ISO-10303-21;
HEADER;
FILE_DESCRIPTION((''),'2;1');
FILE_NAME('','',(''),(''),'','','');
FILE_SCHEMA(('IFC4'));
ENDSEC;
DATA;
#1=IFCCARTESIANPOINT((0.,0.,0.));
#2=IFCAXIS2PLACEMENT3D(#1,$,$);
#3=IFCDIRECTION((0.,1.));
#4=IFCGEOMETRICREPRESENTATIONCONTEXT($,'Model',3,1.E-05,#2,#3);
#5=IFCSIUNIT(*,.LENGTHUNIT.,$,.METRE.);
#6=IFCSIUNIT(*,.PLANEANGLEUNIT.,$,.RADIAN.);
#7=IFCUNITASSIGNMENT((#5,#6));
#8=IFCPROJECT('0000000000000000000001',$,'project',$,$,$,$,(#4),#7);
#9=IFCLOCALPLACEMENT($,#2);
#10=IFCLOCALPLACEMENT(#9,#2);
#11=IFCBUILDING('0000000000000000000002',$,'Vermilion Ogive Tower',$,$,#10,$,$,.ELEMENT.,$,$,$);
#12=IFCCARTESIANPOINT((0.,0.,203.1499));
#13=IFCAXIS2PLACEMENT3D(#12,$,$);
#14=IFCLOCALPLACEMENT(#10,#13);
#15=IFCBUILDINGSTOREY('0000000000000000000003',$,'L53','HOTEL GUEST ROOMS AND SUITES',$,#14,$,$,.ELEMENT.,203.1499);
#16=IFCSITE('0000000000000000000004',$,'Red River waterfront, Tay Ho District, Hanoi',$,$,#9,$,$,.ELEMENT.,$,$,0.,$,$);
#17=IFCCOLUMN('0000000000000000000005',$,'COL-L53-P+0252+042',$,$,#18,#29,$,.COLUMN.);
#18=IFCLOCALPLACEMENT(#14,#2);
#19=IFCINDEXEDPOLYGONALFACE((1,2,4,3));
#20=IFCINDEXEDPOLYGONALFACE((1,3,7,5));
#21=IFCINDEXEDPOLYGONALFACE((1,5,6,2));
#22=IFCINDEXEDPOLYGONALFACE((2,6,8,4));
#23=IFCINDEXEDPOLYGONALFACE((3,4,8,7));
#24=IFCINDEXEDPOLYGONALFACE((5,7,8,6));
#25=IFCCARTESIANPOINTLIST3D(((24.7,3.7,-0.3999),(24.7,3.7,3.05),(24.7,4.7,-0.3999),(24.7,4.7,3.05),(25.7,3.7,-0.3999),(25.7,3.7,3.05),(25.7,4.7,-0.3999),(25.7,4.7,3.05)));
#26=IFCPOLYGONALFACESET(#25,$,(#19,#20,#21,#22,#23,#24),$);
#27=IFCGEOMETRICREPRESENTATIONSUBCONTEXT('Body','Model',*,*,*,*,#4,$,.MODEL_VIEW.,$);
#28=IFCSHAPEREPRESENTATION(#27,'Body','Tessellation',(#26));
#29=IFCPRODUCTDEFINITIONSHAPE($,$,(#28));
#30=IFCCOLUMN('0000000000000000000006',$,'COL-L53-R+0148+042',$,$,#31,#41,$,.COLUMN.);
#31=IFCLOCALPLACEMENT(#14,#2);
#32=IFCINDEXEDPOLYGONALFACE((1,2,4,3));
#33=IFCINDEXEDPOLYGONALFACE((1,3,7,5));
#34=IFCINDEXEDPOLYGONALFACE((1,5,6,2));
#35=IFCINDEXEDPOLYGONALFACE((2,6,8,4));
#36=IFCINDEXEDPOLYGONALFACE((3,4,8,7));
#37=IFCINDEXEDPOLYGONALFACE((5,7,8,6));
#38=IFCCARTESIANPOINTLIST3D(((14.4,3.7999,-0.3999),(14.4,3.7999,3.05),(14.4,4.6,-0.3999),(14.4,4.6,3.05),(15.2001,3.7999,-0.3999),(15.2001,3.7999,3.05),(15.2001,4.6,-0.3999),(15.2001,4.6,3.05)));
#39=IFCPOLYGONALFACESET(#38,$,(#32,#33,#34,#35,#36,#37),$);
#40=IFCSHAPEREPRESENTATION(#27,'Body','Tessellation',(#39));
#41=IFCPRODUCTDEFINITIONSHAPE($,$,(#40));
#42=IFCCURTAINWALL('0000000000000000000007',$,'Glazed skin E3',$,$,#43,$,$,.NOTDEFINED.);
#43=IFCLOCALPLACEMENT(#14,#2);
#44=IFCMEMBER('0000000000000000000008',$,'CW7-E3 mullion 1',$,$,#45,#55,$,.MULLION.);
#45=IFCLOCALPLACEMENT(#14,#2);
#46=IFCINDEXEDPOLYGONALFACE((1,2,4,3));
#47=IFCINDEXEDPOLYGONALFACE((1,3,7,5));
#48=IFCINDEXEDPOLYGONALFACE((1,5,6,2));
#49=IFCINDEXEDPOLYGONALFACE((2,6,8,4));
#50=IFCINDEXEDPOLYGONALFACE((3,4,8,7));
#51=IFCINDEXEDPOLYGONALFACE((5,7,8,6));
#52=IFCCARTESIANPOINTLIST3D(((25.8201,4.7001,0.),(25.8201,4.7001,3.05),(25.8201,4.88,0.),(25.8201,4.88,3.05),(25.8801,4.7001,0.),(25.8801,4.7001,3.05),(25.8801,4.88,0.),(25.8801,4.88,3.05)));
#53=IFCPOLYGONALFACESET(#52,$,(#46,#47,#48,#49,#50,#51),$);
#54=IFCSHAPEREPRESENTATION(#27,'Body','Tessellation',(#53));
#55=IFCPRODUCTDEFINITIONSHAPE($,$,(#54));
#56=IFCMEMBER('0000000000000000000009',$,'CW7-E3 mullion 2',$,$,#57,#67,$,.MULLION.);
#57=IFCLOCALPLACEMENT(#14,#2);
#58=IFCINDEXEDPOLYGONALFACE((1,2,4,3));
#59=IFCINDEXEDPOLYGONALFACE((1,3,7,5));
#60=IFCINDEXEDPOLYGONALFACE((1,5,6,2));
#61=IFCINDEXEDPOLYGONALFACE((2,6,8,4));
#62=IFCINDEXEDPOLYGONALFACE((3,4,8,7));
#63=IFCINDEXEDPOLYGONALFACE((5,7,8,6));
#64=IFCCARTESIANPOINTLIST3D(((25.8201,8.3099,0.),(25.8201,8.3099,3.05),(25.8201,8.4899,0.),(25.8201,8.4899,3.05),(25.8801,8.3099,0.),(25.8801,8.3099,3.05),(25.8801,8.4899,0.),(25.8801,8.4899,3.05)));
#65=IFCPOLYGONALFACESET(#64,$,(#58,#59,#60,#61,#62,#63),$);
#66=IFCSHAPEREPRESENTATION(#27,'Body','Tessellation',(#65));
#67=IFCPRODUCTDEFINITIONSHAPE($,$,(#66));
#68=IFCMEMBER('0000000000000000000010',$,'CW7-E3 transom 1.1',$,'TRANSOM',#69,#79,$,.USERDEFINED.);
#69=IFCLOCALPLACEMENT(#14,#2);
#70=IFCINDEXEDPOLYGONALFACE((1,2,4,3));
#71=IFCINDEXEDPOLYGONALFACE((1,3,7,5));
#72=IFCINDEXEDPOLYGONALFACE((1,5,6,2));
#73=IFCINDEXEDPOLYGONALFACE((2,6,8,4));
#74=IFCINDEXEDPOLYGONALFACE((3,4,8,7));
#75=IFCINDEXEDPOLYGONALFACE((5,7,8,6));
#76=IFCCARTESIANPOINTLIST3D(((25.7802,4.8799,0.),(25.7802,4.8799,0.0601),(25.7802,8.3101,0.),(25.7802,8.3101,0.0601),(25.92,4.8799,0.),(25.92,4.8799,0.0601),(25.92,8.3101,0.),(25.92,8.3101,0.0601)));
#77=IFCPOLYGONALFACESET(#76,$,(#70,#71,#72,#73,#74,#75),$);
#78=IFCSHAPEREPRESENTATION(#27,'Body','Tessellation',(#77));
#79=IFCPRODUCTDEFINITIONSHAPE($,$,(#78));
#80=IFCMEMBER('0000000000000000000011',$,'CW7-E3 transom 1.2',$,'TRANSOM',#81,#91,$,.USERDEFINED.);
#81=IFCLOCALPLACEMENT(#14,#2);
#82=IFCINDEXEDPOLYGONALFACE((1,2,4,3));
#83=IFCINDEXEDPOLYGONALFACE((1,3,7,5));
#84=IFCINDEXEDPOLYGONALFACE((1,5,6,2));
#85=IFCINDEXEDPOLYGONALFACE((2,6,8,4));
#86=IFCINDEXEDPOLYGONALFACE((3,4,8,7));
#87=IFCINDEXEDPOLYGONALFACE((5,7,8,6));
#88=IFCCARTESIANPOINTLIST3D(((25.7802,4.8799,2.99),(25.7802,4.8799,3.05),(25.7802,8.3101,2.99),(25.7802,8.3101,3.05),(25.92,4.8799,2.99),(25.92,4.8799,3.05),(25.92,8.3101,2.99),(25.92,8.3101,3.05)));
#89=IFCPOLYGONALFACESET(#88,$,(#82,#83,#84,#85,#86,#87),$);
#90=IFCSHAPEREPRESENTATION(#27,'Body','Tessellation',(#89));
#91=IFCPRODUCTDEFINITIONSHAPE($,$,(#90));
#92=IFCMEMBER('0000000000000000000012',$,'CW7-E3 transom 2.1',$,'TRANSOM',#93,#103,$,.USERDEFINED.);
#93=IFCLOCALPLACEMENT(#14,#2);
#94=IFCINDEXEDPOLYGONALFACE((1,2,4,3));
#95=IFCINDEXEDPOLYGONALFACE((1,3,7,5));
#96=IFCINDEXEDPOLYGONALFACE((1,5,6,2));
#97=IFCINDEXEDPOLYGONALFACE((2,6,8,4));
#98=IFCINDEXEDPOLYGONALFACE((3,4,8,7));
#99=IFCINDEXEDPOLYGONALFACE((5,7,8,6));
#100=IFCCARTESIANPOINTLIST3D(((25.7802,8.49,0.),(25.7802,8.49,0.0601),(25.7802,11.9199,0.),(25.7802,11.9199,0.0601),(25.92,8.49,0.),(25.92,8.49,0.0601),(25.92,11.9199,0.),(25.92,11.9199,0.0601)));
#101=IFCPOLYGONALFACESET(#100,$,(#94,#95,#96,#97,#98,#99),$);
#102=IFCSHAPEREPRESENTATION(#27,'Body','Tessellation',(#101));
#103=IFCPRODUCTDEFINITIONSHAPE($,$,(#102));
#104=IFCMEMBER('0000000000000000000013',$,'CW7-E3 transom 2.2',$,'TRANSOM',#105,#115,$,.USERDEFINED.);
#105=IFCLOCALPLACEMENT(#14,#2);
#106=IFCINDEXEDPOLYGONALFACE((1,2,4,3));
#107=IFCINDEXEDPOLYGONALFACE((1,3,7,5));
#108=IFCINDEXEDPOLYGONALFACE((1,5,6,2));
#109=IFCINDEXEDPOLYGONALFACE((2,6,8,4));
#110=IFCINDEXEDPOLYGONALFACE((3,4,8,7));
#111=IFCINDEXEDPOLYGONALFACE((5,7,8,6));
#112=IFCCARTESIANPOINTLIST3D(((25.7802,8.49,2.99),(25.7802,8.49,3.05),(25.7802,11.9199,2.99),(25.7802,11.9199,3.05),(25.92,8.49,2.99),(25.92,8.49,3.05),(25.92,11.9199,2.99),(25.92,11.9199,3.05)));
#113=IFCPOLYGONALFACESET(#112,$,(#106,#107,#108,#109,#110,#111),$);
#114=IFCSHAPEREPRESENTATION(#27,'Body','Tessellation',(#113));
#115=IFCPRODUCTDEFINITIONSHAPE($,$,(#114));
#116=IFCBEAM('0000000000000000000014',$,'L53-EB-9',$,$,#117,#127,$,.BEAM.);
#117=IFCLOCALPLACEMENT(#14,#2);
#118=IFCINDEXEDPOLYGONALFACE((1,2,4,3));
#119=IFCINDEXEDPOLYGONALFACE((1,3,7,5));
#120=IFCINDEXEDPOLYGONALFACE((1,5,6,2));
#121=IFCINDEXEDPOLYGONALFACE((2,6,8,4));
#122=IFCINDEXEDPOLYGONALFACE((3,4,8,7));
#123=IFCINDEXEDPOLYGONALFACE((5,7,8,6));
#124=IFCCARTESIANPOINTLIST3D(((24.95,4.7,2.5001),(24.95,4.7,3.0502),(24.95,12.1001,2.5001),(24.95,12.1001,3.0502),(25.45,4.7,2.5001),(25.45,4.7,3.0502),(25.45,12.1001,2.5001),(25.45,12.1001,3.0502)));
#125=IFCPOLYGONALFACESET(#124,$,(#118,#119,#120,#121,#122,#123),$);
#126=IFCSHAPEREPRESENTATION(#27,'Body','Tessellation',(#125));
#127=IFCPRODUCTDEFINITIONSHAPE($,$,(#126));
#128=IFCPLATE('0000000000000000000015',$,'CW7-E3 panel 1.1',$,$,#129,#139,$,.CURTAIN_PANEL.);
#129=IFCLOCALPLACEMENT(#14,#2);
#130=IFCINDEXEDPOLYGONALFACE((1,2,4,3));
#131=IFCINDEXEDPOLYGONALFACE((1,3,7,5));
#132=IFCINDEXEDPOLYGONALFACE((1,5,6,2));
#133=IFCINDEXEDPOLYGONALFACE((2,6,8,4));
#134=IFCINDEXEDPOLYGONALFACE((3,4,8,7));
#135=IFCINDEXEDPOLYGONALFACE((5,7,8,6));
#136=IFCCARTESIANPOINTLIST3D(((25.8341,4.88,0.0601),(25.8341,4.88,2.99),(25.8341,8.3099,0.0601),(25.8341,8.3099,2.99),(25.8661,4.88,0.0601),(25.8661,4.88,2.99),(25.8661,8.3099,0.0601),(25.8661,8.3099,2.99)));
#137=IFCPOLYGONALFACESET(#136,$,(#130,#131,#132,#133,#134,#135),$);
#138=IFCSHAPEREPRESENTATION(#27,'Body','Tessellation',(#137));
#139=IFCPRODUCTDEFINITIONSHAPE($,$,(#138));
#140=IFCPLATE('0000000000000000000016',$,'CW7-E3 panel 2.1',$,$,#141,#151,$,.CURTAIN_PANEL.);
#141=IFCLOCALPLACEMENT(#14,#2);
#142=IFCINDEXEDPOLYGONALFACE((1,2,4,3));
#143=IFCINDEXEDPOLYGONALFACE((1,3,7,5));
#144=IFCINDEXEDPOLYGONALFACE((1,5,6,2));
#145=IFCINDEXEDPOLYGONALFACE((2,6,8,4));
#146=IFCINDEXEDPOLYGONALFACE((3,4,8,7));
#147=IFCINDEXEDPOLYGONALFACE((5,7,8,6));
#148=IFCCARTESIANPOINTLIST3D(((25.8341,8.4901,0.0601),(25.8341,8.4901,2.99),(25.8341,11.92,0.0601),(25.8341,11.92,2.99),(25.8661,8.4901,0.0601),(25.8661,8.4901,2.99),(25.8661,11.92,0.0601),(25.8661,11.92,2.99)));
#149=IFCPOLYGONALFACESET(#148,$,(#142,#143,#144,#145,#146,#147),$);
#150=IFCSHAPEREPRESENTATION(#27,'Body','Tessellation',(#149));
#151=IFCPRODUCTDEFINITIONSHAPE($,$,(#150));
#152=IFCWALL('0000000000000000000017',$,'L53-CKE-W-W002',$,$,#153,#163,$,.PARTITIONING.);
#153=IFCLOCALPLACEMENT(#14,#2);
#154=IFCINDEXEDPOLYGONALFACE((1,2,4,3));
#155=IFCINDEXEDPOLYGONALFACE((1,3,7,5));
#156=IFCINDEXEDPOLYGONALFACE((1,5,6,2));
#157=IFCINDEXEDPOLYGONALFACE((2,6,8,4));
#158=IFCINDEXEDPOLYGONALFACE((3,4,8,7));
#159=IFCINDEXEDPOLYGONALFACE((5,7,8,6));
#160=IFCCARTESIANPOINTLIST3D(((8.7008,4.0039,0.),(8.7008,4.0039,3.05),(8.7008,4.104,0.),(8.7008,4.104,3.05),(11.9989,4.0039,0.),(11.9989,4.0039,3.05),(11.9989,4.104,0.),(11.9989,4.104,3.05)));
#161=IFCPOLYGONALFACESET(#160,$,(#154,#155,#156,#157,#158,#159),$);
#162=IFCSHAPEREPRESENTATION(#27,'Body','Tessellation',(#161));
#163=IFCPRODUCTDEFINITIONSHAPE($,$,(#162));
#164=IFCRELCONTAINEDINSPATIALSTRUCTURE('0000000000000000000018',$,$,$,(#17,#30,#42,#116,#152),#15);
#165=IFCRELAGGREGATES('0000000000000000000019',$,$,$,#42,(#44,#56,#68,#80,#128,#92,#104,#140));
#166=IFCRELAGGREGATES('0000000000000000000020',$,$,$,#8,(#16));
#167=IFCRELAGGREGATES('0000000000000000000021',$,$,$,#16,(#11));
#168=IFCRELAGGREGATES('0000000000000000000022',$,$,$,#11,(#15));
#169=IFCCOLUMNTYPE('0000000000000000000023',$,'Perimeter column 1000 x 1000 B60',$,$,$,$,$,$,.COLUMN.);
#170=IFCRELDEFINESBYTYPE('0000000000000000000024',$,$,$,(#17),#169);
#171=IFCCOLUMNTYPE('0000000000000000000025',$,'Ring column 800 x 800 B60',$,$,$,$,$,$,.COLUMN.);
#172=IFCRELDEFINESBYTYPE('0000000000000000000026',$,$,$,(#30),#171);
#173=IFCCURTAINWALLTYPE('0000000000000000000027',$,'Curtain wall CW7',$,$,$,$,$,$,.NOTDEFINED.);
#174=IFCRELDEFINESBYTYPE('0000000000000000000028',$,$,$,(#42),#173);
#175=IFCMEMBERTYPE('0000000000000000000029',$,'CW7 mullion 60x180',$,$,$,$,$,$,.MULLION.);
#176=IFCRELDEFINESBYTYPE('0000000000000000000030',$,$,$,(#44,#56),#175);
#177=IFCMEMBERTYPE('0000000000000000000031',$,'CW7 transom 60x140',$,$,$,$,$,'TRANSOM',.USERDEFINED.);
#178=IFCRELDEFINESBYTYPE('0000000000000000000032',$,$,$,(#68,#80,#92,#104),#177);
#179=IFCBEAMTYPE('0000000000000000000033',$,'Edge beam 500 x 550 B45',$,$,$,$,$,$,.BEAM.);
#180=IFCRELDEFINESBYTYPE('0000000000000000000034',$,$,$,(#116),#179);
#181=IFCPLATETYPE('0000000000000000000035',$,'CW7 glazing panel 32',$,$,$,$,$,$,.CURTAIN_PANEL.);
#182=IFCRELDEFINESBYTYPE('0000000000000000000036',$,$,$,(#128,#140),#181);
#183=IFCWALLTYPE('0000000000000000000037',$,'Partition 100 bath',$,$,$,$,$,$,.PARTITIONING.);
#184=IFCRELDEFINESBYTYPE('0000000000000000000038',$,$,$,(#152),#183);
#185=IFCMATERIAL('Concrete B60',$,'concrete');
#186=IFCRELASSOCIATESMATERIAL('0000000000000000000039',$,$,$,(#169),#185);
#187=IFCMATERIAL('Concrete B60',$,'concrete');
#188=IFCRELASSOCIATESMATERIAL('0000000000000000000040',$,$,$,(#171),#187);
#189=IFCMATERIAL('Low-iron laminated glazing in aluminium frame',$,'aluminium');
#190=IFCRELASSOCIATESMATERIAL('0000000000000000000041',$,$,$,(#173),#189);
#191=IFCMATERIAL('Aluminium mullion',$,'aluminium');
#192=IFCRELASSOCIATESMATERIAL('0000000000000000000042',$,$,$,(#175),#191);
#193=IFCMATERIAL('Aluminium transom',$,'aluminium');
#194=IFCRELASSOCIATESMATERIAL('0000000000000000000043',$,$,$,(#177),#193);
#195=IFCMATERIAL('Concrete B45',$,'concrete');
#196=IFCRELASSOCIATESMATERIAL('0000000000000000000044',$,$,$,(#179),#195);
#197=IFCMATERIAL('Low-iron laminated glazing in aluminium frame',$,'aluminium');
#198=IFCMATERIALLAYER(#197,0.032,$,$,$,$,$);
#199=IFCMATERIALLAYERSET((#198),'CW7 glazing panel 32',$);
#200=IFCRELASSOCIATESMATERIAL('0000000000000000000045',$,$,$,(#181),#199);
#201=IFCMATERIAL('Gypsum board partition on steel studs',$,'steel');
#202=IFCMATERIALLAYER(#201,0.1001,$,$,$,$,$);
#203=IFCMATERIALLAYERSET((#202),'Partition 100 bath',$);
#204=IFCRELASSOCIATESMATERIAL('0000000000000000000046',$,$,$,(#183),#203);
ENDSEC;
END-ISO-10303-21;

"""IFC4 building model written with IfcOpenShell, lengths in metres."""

from ifc_helpers import new_model, si_unit, direction, frame, frame_2d, origin, origin_2d, place, context, subcontext, project, spatial, rectangle, extrude, material, layer, layer_set, material_profile, profile_set, type_object, element, aggregate, save


model = new_model("IFC4")

# Units and contexts
model_context = context("Model", 3, precision=1e-05, world=origin(), true_north=direction((0.0, 1.0)))
body_context = subcontext(model_context, "Body", "Model", "MODEL_VIEW")
ifc_project = project(units=[si_unit("LENGTHUNIT", "METRE"), si_unit("PLANEANGLEUNIT", "RADIAN")], contexts=[model_context])

# Site, building, storey
site_placement = place(None, origin())
site = spatial("IfcSite", under=ifc_project, at=site_placement, Name="Red River waterfront, Tay Ho District, Hanoi", CompositionType="ELEMENT", RefElevation=0.0)
building_placement = place(site_placement, origin())
building = spatial("IfcBuilding", under=site, at=building_placement, Name="Vermilion Ogive Tower", CompositionType="ELEMENT")
storey_placement = place(building_placement, frame((0.0, 0.0, 203.1499)))
storey = spatial("IfcBuildingStorey", under=building, at=storey_placement, Name="L53", Description="HOTEL GUEST ROOMS AND SUITES", CompositionType="ELEMENT", Elevation=203.1499)

# Columns
ifc_material_1 = material(Name="Concrete B60", Category="concrete")
ifc_material_profile_1 = material_profile(ifc_material_1, rectangle(XDim=1.0, YDim=1.0, at=origin_2d()), Name="1000 x 1000")
ifc_profile_set_1 = profile_set([ifc_material_profile_1], Name="Concrete B60")
column_type_1 = type_object("IfcColumnType", Name="Perimeter column 1000 x 1000 B60", PredefinedType="COLUMN", material=ifc_profile_set_1)
column_1_placement = place(storey_placement, frame((25.2, 4.2, -0.3999), z_axis=(0.0, 0.0, 1.0), x_axis=(1.0, 0.0, 0.0)))
element("IfcColumn", 1, at=column_1_placement, inside=storey, type_object=column_type_1, Name="COL-L53-P+0252+042", PredefinedType="COLUMN", context=body_context, shape_type="SweptSolid", body=[
    extrude(rectangle(XDim=1.0, YDim=1.0, at=origin_2d()), origin(), (0.0, 0.0, 1.0), 3.45),
])
ifc_material_2 = material(Name="Concrete B60", Category="concrete")
ifc_material_profile_2 = material_profile(ifc_material_2, rectangle(XDim=0.8, YDim=0.8, at=origin_2d()), Name="800 x 800")
ifc_profile_set_2 = profile_set([ifc_material_profile_2], Name="Concrete B60")
column_type_2 = type_object("IfcColumnType", Name="Ring column 800 x 800 B60", PredefinedType="COLUMN", material=ifc_profile_set_2)
column_2_placement = place(storey_placement, frame((14.8, 4.2, -0.3999), z_axis=(0.0, 0.0, 1.0), x_axis=(1.0, 0.0, 0.0)))
element("IfcColumn", 2, at=column_2_placement, inside=storey, type_object=column_type_2, Name="COL-L53-R+0148+042", PredefinedType="COLUMN", context=body_context, shape_type="SweptSolid", body=[
    extrude(rectangle(XDim=0.8, YDim=0.8, at=origin_2d()), origin(), (0.0, 0.0, 1.0), 3.45),
])

# Curtain wall, members
ifc_material_3 = material(Name="Low-iron laminated glazing in aluminium frame", Category="aluminium")
curtain_wall_type = type_object("IfcCurtainWallType", Name="Curtain wall CW7", PredefinedType="NOTDEFINED", material=ifc_material_3)
curtain_wall_placement = place(storey_placement, origin())
curtain_wall = element("IfcCurtainWall", 3, at=curtain_wall_placement, inside=storey, type_object=curtain_wall_type, Name="Glazed skin E3", PredefinedType="NOTDEFINED")
ifc_material_4 = material(Name="Aluminium mullion", Category="aluminium")
ifc_material_profile_3 = material_profile(ifc_material_4, rectangle(XDim=0.0601, YDim=0.1799, at=origin_2d()), Name="AL 60x180")
ifc_profile_set_3 = profile_set([ifc_material_profile_3], Name="Aluminium mullion")
member_type_1 = type_object("IfcMemberType", Name="CW7 mullion 60x180", PredefinedType="MULLION", material=ifc_profile_set_3)
member_1_placement = place(storey_placement, frame((25.8501, 4.79, 0.0), z_axis=(0.0, 0.0, 1.0), x_axis=(-1.0, 0.0, 0.0)))
member_1 = element("IfcMember", 4, at=member_1_placement, type_object=member_type_1, Name="CW7-E3 mullion 1", PredefinedType="MULLION", context=body_context, shape_type="SweptSolid", body=[
    extrude(rectangle(XDim=0.0601, YDim=0.1799, at=origin_2d()), origin(), (0.0, 0.0, 1.0), 3.05),
])
member_2_placement = place(storey_placement, frame((25.8501, 8.3999, 0.0), z_axis=(0.0, 0.0, 1.0), x_axis=(-1.0, 0.0, 0.0)))
member_2 = element("IfcMember", 5, at=member_2_placement, type_object=member_type_1, Name="CW7-E3 mullion 2", PredefinedType="MULLION", context=body_context, shape_type="SweptSolid", body=[
    extrude(rectangle(XDim=0.0601, YDim=0.1799, at=origin_2d()), origin(), (0.0, 0.0, 1.0), 3.05),
])
ifc_material_5 = material(Name="Aluminium transom", Category="aluminium")
ifc_material_profile_4 = material_profile(ifc_material_5, rectangle(XDim=0.1399, YDim=0.0601, at=origin_2d()), Name="AL 60x140")
ifc_profile_set_4 = profile_set([ifc_material_profile_4], Name="Aluminium transom")
member_type_2 = type_object("IfcMemberType", Name="CW7 transom 60x140", ElementType="TRANSOM", PredefinedType="USERDEFINED", material=ifc_profile_set_4)
member_3_placement = place(storey_placement, frame((25.8501, 4.8799, 0.03), z_axis=(0.0, 1.0, 0.0), x_axis=(-1.0, 0.0, 0.0)))
member_3 = element("IfcMember", 6, at=member_3_placement, type_object=member_type_2, Name="CW7-E3 transom 1.1", ObjectType="TRANSOM", PredefinedType="USERDEFINED", context=body_context, shape_type="SweptSolid", body=[
    extrude(rectangle(XDim=0.1399, YDim=0.0601, at=origin_2d()), origin(), (0.0, 0.0, 1.0), 3.4302),
])
member_4_placement = place(storey_placement, frame((25.8501, 4.8799, 3.02), z_axis=(0.0, 1.0, 0.0), x_axis=(-1.0, 0.0, 0.0)))
member_4 = element("IfcMember", 7, at=member_4_placement, type_object=member_type_2, Name="CW7-E3 transom 1.2", ObjectType="TRANSOM", PredefinedType="USERDEFINED", context=body_context, shape_type="SweptSolid", body=[
    extrude(rectangle(XDim=0.1399, YDim=0.0601, at=origin_2d()), origin(), (0.0, 0.0, 1.0), 3.4302),
])
member_5_placement = place(storey_placement, frame((25.8501, 8.49, 0.03), z_axis=(0.0, 1.0, 0.0), x_axis=(-1.0, 0.0, 0.0)))
member_5 = element("IfcMember", 8, at=member_5_placement, type_object=member_type_2, Name="CW7-E3 transom 2.1", ObjectType="TRANSOM", PredefinedType="USERDEFINED", context=body_context, shape_type="SweptSolid", body=[
    extrude(rectangle(XDim=0.1399, YDim=0.0601, at=origin_2d()), origin(), (0.0, 0.0, 1.0), 3.4299),
])
member_6_placement = place(storey_placement, frame((25.8501, 8.49, 3.02), z_axis=(0.0, 1.0, 0.0), x_axis=(-1.0, 0.0, 0.0)))
member_6 = element("IfcMember", 9, at=member_6_placement, type_object=member_type_2, Name="CW7-E3 transom 2.2", ObjectType="TRANSOM", PredefinedType="USERDEFINED", context=body_context, shape_type="SweptSolid", body=[
    extrude(rectangle(XDim=0.1399, YDim=0.0601, at=origin_2d()), origin(), (0.0, 0.0, 1.0), 3.4299),
])

# Beam
ifc_material_6 = material(Name="Concrete B45", Category="concrete")
ifc_material_profile_5 = material_profile(ifc_material_6, rectangle(XDim=0.5, YDim=0.55, at=origin_2d()), Name="500 x 550")
ifc_profile_set_5 = profile_set([ifc_material_profile_5], Name="Concrete B45")
beam_type = type_object("IfcBeamType", Name="Edge beam 500 x 550 B45", PredefinedType="BEAM", material=ifc_profile_set_5)
beam_placement = place(storey_placement, frame((25.2, 4.7, 2.7751), z_axis=(0.0, 1.0, 0.0), x_axis=(-1.0, 0.0, 0.0)))
element("IfcBeam", 10, at=beam_placement, inside=storey, type_object=beam_type, Name="L53-EB-9", PredefinedType="BEAM", context=body_context, shape_type="SweptSolid", body=[
    extrude(rectangle(XDim=0.5, YDim=0.55, at=origin_2d()), origin(), (0.0, 0.0, 1.0), 7.4001),
])

# Plates
ifc_material_7 = material(Name="Low-iron laminated glazing in aluminium frame", Category="aluminium")
ifc_layer_1 = layer(ifc_material_7, 0.032)
ifc_layer_set_1 = layer_set([ifc_layer_1], Name="CW7 glazing panel 32")
plate_type = type_object("IfcPlateType", Name="CW7 glazing panel 32", PredefinedType="CURTAIN_PANEL", material=ifc_layer_set_1)
plate_1_placement = place(storey_placement, frame((25.8501, 6.595, 0.0601), z_axis=(0.0, 0.0, 1.0), x_axis=(0.0, 1.0, 0.0)))
plate_1 = element("IfcPlate", 11, at=plate_1_placement, type_object=plate_type, Name="CW7-E3 panel 1.1", PredefinedType="CURTAIN_PANEL", context=body_context, shape_type="SweptSolid", body=[
    extrude(rectangle(XDim=3.4299, YDim=0.032, at=origin_2d()), origin(), (0.0, 0.0, 1.0), 2.9299),
])
plate_2_placement = place(storey_placement, frame((25.8501, 10.2051, 0.0601), z_axis=(0.0, 0.0, 1.0), x_axis=(0.0, 1.0, 0.0)))
plate_2 = element("IfcPlate", 12, at=plate_2_placement, type_object=plate_type, Name="CW7-E3 panel 2.1", PredefinedType="CURTAIN_PANEL", context=body_context, shape_type="SweptSolid", body=[
    extrude(rectangle(XDim=3.4299, YDim=0.032, at=origin_2d()), origin(), (0.0, 0.0, 1.0), 2.9299),
])
aggregate(curtain_wall, [member_1, member_2, member_3, member_4, plate_1, member_5, member_6, plate_2])

# Wall
ifc_material_8 = material(Name="Gypsum board partition on steel studs", Category="steel")
ifc_layer_2 = layer(ifc_material_8, 0.1001)
ifc_layer_set_2 = layer_set([ifc_layer_2], Name="Partition 100 bath")
wall_type_1 = type_object("IfcWallType", Name="Partition 100 bath", PredefinedType="PARTITIONING", material=ifc_layer_set_2)
wall_1_placement = place(storey_placement, frame((8.7009, 4.054, 0.0), z_axis=(0.0, 0.0, 1.0), x_axis=(1.0, 0.0, 0.0)))
element("IfcWall", 13, at=wall_1_placement, inside=storey, type_object=wall_type_1, Name="L53-CKE-W-W002", PredefinedType="PARTITIONING", context=body_context, shape_type="SweptSolid", body=[
    extrude(rectangle(XDim=3.2981, YDim=0.1001, at=frame_2d((1.6489, 0.0))), origin(), (0.0, 0.0, 1.0), 3.05),
])

save(model, "model.ifc")
